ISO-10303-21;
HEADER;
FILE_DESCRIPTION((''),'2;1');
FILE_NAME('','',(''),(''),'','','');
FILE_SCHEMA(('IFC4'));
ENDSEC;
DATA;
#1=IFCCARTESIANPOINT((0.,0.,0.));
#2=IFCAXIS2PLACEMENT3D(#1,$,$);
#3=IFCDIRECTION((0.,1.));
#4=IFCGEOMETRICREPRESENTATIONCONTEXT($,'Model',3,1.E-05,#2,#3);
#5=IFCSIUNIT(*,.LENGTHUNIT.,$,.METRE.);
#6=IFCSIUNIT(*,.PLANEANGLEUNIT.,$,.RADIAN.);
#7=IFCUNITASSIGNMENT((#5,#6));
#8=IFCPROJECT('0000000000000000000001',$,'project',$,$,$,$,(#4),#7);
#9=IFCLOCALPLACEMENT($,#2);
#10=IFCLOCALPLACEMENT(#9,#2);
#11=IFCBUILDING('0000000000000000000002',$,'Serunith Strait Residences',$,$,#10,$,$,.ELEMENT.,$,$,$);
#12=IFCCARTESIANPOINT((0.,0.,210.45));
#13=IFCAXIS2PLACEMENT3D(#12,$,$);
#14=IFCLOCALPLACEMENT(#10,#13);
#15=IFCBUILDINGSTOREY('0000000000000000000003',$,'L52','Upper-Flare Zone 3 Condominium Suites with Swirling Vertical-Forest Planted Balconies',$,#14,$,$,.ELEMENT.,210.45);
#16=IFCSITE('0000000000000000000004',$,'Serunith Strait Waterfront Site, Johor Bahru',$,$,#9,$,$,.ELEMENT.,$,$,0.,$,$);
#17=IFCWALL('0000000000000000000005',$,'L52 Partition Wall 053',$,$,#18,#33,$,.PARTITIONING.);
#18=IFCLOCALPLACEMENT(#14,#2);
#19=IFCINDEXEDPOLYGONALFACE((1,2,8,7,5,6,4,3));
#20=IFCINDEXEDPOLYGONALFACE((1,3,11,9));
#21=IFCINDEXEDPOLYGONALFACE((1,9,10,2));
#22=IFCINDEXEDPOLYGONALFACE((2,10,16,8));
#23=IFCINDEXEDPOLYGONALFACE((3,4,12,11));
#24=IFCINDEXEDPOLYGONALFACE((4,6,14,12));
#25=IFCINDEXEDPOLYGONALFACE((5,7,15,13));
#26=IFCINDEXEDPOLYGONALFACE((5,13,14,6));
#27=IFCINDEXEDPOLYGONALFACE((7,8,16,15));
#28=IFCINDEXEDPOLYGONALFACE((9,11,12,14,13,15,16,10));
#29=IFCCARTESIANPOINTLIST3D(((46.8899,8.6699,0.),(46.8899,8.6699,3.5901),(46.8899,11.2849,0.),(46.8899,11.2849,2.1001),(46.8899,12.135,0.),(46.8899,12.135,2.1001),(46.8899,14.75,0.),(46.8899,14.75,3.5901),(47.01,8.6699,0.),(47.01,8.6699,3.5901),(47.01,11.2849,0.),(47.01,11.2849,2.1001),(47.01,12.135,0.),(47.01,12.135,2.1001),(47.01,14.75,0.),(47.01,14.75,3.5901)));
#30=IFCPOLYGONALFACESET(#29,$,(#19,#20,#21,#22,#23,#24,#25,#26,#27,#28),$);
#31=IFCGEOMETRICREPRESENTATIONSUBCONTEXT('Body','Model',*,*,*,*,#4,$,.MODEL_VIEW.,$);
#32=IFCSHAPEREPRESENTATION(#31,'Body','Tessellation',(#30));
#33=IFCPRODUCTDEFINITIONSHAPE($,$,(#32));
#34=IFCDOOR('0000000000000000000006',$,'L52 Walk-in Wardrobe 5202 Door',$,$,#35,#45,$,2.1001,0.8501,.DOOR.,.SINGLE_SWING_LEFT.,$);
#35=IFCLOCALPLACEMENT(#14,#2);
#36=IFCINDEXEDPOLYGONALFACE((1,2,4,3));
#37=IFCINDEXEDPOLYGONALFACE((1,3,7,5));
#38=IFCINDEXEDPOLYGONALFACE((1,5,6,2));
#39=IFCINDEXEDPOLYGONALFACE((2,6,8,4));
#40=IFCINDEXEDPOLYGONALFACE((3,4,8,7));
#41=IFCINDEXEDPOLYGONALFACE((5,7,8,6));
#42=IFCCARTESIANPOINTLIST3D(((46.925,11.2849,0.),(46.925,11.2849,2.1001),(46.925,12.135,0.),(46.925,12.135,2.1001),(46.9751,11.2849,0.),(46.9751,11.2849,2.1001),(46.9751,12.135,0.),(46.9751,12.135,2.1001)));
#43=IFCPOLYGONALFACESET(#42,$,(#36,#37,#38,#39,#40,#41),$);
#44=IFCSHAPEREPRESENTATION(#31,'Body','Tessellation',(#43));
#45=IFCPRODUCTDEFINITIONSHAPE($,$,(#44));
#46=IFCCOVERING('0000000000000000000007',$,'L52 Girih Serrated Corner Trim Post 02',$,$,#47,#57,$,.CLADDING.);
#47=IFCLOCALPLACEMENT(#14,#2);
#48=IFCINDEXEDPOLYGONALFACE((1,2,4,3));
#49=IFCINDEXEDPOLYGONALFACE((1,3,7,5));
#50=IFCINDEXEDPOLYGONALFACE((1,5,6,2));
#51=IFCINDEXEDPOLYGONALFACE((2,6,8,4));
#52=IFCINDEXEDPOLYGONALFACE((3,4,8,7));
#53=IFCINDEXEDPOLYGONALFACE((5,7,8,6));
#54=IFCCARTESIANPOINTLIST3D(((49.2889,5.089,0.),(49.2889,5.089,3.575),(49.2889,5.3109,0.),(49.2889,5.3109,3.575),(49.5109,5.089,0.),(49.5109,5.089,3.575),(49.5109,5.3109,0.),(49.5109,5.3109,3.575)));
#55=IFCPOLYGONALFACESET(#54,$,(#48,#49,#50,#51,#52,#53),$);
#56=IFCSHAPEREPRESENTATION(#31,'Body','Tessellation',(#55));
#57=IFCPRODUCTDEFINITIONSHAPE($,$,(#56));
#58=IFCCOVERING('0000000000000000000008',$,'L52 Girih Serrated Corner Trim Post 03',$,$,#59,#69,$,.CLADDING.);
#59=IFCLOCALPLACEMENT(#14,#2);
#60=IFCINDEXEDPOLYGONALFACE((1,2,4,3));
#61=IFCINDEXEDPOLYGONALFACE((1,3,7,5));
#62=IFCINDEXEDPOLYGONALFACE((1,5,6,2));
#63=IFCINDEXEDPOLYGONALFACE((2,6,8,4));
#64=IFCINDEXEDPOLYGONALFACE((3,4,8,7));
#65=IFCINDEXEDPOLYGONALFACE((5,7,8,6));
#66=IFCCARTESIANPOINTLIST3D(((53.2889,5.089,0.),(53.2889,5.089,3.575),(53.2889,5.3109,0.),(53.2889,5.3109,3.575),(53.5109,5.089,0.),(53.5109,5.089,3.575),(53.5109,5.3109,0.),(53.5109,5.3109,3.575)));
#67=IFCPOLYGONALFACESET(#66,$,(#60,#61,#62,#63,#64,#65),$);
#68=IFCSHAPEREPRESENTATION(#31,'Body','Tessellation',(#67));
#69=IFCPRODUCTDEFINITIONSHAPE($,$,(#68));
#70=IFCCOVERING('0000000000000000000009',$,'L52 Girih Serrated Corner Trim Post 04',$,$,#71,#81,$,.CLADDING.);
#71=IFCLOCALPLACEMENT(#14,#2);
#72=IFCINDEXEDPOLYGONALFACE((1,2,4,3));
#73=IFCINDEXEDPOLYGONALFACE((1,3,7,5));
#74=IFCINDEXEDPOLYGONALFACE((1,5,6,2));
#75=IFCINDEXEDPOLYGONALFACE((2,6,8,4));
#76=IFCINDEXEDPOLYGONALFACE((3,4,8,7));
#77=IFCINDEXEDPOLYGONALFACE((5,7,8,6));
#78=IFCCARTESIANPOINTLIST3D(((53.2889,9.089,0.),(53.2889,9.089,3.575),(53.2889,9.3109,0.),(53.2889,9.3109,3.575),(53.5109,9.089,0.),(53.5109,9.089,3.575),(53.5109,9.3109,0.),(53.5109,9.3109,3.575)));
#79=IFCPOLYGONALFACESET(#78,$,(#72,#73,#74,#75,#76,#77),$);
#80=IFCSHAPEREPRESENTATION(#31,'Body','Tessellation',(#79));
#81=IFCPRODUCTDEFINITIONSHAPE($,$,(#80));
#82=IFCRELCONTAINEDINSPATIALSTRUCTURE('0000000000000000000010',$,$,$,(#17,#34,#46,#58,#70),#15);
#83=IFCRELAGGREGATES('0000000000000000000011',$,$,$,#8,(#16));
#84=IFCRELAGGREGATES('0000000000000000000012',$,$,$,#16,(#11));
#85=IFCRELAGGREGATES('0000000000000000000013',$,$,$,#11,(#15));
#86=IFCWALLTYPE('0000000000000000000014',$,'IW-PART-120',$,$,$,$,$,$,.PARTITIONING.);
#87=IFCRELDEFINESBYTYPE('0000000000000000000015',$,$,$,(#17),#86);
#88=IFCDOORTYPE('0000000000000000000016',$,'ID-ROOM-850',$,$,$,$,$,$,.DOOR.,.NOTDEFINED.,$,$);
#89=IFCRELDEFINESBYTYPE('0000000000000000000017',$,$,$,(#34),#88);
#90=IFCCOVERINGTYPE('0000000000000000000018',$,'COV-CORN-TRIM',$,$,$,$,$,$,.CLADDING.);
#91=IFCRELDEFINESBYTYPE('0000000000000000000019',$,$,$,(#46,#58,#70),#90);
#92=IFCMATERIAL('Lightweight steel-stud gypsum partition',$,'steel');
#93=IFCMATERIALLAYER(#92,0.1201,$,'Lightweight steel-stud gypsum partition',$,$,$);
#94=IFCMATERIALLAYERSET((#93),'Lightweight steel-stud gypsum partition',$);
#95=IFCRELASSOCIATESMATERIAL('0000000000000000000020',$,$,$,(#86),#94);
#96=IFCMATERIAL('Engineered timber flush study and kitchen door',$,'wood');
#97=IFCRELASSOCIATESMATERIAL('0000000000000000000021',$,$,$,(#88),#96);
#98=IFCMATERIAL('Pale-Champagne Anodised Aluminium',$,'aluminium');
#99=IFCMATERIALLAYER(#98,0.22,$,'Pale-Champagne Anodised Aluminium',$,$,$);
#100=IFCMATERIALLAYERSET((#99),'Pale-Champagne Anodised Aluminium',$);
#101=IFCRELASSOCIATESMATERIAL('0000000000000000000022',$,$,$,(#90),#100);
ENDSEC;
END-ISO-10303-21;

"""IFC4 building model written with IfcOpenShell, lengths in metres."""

from ifc_helpers import new_model, si_unit, direction, frame, frame_2d, origin, origin_2d, place, context, subcontext, project, spatial, rectangle, extrude, source, transform, mapped, material, layer, layer_set, type_object, element, fill, save


model = new_model("IFC4")

# Units and contexts
model_context = context("Model", 3, precision=1e-05, world=origin(), true_north=direction((0.0, 1.0)))
body_context = subcontext(model_context, "Body", "Model", "MODEL_VIEW")
ifc_project = project(units=[si_unit("LENGTHUNIT", "METRE"), si_unit("PLANEANGLEUNIT", "RADIAN")], contexts=[model_context])

# Site, building, storey
site_placement = place(None, origin())
site = spatial("IfcSite", under=ifc_project, at=site_placement, Name="Serunith Strait Waterfront Site, Johor Bahru", CompositionType="ELEMENT", RefElevation=0.0)
building_placement = place(site_placement, origin())
building = spatial("IfcBuilding", under=site, at=building_placement, Name="Serunith Strait Residences", CompositionType="ELEMENT")
storey_placement = place(building_placement, frame((0.0, 0.0, 210.45)))
storey = spatial("IfcBuildingStorey", under=building, at=storey_placement, Name="L52", Description="Upper-Flare Zone 3 Condominium Suites with Swirling Vertical-Forest Planted Balconies", CompositionType="ELEMENT", Elevation=210.45)

# Shared definitions
ifc_material_1 = material(Name="Pale-Champagne Anodised Aluminium", Category="aluminium")

# Shared definitions
ifc_material_2 = material(Name="Lightweight steel-stud gypsum partition", Category="steel")
ifc_layer_1 = layer(ifc_material_2, 0.1201, Name="Lightweight steel-stud gypsum partition")
ifc_layer_set_1 = layer_set([ifc_layer_1], Name="Lightweight steel-stud gypsum partition")
wall_type_1 = type_object("IfcWallType", Name="IW-PART-120", PredefinedType="PARTITIONING", material=ifc_layer_set_1)

# Wall, opening, door
wall_1_placement = place(storey_placement, frame((46.95, 8.6699, 0.0), z_axis=(0.0, 0.0, 1.0), x_axis=(0.0, 1.0, 0.0)))
wall_1 = element("IfcWall", 1, at=wall_1_placement, inside=storey, type_object=wall_type_1, Name="L52 Partition Wall 053", PredefinedType="PARTITIONING", context=body_context, shape_type="SweptSolid", body=[
    extrude(rectangle(XDim=6.0801, YDim=0.1201, at=frame_2d((3.04, 0.0))), origin(), (0.0, 0.0, 1.0), 3.5901),
])
opening_1_placement = place(wall_1_placement, frame((2.615, 0.0, 0.0)))
opening_1 = element("IfcOpeningElement", 2, at=opening_1_placement, cuts=wall_1, PredefinedType="OPENING", context=body_context, shape_type="SweptSolid", body=[
    extrude(rectangle(XDim=0.8501, YDim=2.1001, at=frame_2d((0.425, 1.05))), frame((0.0, 0.0701, 0.0), z_axis=(0.0, -1.0, 0.0), x_axis=(1.0, 0.0, 0.0)), (0.0, 0.0, 1.0), 0.1401),
])
ifc_material_3 = material(Name="Engineered timber flush study and kitchen door", Category="wood")
door_type_1 = type_object("IfcDoorType", Name="ID-ROOM-850", OperationType="NOTDEFINED", PredefinedType="DOOR", material=ifc_material_3)
shared_shape_1 = source(origin(), body_context, "Body", "SweptSolid", [
    extrude(rectangle(XDim=0.8501, YDim=2.1001, at=frame_2d((0.425, 1.05))), frame((0.0, 0.0249, 0.0), z_axis=(0.0, -1.0, 0.0), x_axis=(1.0, 0.0, 0.0)), (0.0, 0.0, 1.0), 0.05),
])
door_1_placement = place(opening_1_placement, origin())
door_1 = element("IfcDoor", 3, at=door_1_placement, inside=storey, type_object=door_type_1, Name="L52 Walk-in Wardrobe 5202 Door", OperationType="SINGLE_SWING_LEFT", OverallHeight=2.1001, OverallWidth=0.8501, PredefinedType="DOOR", context=body_context, shape_type="MappedRepresentation", body=[
    mapped(shared_shape_1, transform((0.0, 0.0, 0.0), scale=1.0)),
])
fill(opening_1, door_1)

# Coverings
ifc_layer_2 = layer(ifc_material_1, 0.22, Name="Pale-Champagne Anodised Aluminium")
ifc_layer_set_2 = layer_set([ifc_layer_2], Name="Pale-Champagne Anodised Aluminium")
covering_type = type_object("IfcCoveringType", Name="COV-CORN-TRIM", PredefinedType="CLADDING", material=ifc_layer_set_2)
shared_shape_2 = source(origin(), body_context, "Body", "SweptSolid", [
    extrude(rectangle(XDim=0.2219, YDim=0.2219, at=origin_2d()), origin(), (0.0, 0.0, 1.0), 3.575),
])
for number, where, z_axis, x_axis, name in (
    (4, (49.3999, 5.2, 0.0), (0.0, 0.0, 1.0), (1.0, 0.0, 0.0), "L52 Girih Serrated Corner Trim Post 02"),
    (5, (53.3999, 5.2, 0.0), (0.0, 0.0, 1.0), (1.0, 0.0, 0.0), "L52 Girih Serrated Corner Trim Post 03"),
    (6, (53.3999, 9.2, 0.0), (0.0, 0.0, 1.0), (1.0, 0.0, 0.0), "L52 Girih Serrated Corner Trim Post 04"),
):
    element("IfcCovering", number, at=place(storey_placement, frame(where, z_axis=z_axis, x_axis=x_axis)), inside=storey, type_object=covering_type, Name=name, PredefinedType="CLADDING", context=body_context, shape_type="MappedRepresentation", body=[
        mapped(shared_shape_2, transform((0.0, 0.0, 0.0), scale=1.0)),
    ])

save(model, "model.ifc")
